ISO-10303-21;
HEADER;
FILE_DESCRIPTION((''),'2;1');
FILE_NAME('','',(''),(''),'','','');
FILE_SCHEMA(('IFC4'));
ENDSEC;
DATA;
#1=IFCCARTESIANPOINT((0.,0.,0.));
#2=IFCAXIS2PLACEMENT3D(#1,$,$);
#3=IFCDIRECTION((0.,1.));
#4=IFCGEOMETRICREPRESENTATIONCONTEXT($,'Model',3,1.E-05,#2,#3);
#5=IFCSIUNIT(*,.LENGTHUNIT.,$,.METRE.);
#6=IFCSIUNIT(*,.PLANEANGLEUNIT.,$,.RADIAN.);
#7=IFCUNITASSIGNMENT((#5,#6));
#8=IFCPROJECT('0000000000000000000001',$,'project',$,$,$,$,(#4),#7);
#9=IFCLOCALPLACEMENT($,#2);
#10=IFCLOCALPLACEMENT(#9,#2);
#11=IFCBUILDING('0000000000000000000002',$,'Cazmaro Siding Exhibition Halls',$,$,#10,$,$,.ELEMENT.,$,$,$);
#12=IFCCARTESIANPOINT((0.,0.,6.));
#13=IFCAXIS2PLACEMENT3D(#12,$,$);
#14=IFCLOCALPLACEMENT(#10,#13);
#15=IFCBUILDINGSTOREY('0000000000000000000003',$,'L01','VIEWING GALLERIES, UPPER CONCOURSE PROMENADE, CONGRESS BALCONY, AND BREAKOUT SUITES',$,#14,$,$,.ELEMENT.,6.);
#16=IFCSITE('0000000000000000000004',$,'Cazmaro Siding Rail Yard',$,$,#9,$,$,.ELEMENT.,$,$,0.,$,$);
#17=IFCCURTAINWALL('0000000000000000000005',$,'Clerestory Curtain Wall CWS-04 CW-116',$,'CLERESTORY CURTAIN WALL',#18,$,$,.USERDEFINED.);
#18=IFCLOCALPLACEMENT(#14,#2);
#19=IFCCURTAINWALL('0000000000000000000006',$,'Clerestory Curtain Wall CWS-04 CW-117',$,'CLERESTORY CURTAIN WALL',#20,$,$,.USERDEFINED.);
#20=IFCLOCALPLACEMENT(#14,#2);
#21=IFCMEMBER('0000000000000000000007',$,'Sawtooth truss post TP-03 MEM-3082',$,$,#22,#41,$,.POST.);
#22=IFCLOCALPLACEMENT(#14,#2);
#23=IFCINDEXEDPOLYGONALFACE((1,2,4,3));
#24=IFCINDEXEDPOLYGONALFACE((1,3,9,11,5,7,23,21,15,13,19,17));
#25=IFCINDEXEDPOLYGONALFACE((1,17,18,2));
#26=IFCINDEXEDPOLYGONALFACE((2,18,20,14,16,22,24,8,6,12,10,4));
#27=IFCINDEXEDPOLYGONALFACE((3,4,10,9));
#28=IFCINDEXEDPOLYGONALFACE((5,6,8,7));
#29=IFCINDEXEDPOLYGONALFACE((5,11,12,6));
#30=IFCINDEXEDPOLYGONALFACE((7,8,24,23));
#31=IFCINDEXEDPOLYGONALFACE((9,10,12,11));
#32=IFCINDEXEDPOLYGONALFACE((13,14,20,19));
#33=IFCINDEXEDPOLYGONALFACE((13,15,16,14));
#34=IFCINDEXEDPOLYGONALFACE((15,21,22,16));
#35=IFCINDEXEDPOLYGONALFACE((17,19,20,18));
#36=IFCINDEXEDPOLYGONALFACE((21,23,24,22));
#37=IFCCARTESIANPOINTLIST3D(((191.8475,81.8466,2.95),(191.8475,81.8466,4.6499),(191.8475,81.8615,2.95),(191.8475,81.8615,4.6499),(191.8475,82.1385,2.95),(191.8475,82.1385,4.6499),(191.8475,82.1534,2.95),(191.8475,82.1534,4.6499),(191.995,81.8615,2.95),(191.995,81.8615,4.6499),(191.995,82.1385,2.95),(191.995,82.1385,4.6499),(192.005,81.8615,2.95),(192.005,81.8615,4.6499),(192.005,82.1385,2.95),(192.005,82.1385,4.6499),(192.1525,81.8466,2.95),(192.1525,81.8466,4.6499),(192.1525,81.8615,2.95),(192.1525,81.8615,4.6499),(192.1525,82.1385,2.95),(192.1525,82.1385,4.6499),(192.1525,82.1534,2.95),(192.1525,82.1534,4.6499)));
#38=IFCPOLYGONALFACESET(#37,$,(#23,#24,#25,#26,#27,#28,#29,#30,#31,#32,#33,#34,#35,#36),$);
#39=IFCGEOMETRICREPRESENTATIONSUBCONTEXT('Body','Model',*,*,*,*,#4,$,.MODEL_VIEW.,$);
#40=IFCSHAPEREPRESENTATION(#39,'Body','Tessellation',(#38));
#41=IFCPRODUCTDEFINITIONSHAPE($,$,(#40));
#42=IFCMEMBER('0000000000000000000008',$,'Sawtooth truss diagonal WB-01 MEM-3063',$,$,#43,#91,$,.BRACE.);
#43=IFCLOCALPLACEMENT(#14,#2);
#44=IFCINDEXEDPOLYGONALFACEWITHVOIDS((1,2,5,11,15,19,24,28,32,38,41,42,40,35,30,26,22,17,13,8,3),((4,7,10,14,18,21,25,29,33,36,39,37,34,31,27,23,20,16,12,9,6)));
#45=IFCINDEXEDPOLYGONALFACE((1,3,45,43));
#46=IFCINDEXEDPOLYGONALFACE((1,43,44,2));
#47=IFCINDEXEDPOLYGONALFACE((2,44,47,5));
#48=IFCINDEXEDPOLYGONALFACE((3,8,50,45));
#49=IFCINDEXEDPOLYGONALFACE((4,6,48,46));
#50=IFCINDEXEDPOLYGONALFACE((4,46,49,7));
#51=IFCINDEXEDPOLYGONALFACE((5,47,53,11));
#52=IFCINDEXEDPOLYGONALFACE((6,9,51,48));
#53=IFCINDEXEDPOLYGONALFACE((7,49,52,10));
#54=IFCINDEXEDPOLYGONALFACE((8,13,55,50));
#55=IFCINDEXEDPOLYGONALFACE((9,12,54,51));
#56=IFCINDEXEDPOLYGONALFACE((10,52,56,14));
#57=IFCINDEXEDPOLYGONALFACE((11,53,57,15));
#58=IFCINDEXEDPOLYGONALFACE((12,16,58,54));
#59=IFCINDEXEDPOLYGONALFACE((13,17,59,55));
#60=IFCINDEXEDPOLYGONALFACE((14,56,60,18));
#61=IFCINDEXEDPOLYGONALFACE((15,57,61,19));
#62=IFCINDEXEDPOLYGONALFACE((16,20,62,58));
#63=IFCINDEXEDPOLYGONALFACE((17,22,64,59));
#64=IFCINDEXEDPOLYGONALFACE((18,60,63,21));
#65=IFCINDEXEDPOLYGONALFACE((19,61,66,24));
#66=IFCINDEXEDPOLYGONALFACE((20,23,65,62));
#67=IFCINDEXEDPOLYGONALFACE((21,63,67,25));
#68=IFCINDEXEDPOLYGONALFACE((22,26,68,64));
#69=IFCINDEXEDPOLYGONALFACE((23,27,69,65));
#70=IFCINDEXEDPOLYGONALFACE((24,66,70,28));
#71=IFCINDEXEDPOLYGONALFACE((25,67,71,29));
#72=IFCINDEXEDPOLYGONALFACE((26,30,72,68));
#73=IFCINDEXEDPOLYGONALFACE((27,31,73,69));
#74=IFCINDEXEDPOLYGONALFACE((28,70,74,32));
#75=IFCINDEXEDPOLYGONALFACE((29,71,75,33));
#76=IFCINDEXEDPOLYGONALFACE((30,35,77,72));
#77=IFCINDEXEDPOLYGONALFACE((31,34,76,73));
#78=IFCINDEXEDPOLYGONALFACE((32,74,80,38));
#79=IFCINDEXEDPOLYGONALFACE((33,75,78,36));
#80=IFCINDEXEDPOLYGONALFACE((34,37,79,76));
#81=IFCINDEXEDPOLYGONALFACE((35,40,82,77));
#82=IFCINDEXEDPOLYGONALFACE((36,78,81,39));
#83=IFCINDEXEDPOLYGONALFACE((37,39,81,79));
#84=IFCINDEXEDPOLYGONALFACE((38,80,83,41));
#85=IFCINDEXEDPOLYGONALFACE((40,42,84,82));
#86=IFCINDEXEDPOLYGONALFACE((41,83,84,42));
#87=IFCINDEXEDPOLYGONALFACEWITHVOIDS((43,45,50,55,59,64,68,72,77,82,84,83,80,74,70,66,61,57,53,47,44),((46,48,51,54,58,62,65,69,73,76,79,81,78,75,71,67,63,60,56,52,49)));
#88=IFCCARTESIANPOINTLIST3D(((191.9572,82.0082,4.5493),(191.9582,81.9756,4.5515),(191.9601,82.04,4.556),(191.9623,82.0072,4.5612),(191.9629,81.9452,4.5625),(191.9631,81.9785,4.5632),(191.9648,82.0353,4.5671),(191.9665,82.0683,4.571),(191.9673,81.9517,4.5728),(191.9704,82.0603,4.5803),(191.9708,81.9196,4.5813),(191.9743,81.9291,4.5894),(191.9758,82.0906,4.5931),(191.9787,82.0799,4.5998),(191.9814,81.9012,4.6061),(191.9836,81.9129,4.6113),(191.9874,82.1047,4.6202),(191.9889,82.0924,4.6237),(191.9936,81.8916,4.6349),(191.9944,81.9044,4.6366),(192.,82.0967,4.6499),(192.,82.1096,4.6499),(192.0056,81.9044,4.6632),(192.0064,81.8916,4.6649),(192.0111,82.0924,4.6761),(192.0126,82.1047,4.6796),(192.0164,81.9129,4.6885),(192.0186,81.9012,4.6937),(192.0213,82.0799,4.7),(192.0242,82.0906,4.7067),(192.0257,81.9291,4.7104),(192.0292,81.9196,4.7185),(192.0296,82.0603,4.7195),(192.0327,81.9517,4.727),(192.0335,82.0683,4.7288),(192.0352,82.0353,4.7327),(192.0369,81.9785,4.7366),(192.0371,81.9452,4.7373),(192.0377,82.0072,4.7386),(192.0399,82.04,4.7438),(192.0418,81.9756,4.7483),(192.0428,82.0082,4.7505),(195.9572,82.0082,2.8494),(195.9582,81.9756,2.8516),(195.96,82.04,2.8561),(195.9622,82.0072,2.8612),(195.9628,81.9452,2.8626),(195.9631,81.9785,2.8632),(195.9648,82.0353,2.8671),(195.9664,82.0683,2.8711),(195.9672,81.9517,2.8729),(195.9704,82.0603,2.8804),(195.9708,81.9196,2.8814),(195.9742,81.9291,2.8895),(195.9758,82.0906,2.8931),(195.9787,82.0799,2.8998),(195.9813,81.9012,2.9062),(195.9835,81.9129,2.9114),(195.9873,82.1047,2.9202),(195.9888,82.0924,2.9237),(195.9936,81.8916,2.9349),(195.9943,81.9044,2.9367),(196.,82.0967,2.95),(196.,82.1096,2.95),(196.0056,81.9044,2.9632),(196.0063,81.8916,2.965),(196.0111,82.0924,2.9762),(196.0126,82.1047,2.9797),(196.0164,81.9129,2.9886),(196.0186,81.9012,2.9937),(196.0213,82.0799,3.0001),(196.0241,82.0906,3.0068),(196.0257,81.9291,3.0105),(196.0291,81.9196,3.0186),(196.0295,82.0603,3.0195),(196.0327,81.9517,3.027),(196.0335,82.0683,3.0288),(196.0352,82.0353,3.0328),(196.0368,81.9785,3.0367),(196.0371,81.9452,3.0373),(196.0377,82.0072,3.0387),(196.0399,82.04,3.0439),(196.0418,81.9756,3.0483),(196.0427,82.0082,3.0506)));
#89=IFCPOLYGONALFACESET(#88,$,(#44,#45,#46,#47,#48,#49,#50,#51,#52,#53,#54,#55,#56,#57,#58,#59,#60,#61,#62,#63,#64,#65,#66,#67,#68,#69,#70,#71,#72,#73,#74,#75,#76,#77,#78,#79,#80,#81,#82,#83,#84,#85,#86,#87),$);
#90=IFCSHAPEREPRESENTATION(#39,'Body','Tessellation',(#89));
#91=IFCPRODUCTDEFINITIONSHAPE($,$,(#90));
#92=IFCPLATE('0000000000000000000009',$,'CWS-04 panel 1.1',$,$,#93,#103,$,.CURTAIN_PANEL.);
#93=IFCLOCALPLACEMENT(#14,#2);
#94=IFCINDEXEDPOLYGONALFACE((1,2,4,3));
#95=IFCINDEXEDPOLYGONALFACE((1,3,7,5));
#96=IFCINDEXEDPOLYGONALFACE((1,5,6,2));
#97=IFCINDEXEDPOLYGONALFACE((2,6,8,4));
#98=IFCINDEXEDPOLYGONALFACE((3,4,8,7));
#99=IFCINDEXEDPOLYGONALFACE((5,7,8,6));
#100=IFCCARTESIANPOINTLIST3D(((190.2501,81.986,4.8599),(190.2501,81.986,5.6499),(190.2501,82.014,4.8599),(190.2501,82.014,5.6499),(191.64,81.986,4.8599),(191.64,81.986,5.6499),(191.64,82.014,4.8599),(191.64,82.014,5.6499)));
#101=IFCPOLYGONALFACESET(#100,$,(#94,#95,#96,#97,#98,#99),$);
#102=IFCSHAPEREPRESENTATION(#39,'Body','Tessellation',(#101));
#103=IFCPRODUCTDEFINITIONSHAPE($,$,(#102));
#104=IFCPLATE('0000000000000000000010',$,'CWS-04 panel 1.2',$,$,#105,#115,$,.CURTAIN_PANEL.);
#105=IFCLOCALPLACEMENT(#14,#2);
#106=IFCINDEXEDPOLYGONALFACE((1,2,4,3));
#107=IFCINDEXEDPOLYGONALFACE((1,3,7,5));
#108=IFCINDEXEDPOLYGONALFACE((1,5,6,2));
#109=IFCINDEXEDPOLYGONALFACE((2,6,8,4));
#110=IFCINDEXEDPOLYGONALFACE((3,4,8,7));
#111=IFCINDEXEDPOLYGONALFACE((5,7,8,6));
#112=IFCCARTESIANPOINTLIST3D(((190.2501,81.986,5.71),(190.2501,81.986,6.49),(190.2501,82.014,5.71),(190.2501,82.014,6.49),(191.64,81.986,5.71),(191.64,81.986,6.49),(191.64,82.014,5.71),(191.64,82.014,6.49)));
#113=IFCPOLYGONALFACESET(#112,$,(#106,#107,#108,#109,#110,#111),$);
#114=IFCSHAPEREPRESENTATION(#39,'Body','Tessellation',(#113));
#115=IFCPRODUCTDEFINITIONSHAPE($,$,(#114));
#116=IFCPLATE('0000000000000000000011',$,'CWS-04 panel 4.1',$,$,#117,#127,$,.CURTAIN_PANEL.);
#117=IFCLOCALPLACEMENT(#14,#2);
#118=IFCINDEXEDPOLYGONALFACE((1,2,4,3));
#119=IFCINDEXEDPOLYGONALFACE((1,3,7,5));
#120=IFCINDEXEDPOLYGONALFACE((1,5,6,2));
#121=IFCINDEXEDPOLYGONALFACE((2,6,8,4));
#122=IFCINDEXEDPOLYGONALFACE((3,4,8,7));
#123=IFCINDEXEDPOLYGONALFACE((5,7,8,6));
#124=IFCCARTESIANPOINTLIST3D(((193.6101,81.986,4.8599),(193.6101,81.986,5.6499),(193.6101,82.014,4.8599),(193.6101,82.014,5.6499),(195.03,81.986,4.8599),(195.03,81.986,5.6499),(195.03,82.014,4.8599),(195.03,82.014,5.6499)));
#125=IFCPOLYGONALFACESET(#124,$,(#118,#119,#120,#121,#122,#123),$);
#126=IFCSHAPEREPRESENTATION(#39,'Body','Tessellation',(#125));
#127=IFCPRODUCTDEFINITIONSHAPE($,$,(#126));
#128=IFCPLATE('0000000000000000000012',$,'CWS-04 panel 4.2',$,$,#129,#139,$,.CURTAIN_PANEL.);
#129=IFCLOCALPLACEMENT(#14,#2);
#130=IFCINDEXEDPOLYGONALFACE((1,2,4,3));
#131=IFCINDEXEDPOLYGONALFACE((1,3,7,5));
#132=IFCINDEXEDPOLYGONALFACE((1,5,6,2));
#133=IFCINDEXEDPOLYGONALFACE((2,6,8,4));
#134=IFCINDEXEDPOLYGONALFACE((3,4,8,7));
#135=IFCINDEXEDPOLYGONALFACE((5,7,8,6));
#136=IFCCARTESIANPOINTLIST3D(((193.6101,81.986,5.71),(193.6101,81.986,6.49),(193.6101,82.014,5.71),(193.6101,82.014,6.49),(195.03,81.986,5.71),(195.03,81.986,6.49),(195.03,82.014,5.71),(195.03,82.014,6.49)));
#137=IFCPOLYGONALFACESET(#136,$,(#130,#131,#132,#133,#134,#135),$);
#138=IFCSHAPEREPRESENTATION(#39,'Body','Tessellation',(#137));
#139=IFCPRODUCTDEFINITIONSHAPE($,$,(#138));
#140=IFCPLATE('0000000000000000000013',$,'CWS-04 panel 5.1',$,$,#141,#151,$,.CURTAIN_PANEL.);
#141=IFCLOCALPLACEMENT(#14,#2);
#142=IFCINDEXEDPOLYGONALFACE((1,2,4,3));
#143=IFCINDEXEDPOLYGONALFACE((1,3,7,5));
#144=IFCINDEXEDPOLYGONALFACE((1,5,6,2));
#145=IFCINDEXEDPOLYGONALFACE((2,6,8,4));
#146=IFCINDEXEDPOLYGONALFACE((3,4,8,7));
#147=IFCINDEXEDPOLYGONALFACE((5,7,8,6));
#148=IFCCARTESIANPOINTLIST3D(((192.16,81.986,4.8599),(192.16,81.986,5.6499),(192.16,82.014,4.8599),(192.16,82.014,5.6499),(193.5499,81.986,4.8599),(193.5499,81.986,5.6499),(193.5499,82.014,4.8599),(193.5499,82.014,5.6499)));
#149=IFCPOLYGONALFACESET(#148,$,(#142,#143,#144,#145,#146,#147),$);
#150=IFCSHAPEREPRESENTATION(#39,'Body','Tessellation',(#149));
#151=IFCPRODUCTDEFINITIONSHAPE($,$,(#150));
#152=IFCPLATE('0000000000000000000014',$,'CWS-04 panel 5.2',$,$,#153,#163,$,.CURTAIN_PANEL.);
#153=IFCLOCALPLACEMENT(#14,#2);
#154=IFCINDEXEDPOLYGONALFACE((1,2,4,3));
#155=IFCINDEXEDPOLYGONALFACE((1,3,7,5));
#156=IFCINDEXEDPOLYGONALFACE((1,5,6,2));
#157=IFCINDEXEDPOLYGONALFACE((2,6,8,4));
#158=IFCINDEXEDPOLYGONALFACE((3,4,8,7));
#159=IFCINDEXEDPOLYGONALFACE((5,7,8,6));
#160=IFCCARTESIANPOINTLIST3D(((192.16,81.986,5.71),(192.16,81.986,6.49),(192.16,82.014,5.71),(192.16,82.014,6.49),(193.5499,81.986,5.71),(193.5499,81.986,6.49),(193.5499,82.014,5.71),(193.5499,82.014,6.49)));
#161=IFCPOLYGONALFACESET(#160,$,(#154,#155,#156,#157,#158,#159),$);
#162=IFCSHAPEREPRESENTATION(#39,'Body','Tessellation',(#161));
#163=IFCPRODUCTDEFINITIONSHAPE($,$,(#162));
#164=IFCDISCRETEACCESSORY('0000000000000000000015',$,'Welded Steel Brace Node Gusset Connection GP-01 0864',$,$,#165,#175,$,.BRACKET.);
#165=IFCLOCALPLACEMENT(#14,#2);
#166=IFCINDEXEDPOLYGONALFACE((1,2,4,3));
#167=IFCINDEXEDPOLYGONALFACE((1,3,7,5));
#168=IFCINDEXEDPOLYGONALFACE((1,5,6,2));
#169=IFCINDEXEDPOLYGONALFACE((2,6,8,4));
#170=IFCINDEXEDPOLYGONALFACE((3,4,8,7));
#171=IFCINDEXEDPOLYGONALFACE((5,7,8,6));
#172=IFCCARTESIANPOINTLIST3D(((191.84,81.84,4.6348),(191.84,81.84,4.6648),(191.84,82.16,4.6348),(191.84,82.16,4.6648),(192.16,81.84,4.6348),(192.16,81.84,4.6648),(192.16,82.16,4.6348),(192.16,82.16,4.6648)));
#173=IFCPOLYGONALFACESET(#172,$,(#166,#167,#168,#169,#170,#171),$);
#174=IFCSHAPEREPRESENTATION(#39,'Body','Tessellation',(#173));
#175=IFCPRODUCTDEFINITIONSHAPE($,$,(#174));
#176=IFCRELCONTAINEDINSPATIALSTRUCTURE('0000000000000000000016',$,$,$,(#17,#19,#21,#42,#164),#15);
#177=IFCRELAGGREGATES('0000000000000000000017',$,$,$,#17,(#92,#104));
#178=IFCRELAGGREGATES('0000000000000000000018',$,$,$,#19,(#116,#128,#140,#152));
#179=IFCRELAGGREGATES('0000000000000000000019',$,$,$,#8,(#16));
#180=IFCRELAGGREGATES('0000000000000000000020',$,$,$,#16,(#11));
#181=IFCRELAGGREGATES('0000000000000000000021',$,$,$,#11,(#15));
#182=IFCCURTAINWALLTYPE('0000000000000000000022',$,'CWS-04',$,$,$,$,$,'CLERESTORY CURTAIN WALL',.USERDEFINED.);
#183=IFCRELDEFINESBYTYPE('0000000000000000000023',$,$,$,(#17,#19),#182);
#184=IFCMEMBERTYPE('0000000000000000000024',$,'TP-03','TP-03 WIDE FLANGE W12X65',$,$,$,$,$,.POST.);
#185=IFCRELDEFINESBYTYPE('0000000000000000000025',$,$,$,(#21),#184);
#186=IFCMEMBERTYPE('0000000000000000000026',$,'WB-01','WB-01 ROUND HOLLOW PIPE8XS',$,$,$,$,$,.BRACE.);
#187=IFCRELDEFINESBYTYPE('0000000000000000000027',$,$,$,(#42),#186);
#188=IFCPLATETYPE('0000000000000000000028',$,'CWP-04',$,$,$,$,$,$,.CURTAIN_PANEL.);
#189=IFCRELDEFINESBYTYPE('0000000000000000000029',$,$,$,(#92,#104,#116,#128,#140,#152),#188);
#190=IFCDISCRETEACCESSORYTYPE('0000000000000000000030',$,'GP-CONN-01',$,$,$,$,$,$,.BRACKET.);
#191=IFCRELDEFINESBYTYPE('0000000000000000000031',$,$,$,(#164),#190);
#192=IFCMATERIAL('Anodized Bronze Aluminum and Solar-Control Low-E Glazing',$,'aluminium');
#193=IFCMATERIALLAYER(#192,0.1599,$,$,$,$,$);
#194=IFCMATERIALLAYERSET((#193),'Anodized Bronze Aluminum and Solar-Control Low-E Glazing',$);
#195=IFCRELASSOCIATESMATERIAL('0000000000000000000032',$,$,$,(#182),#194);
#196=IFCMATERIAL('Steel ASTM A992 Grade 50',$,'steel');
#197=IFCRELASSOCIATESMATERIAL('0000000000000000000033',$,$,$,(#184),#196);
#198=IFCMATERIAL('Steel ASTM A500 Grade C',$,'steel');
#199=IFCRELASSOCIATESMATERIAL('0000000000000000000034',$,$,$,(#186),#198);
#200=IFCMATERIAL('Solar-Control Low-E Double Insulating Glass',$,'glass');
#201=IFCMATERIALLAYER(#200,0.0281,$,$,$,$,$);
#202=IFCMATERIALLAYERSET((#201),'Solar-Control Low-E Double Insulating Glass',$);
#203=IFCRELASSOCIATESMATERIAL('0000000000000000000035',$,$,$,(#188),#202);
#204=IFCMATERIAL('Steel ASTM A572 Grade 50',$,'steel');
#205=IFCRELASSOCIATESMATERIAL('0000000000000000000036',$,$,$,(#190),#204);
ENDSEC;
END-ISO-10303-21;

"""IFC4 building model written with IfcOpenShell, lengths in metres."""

from ifc_helpers import new_model, si_unit, direction, frame, origin, origin_2d, place, context, subcontext, project, spatial, rectangle, hollow_circle, i_section, extrude, material, layer, layer_set, material_profile, profile_set, type_object, element, aggregate, save


model = new_model("IFC4")

# Units and contexts
model_context = context("Model", 3, precision=1e-05, world=origin(), true_north=direction((0.0, 1.0)))
body_context = subcontext(model_context, "Body", "Model", "MODEL_VIEW")
ifc_project = project(units=[si_unit("LENGTHUNIT", "METRE"), si_unit("PLANEANGLEUNIT", "RADIAN")], contexts=[model_context])

# Site, building, storey
site_placement = place(None, origin())
site = spatial("IfcSite", under=ifc_project, at=site_placement, Name="Cazmaro Siding Rail Yard", CompositionType="ELEMENT", RefElevation=0.0)
building_placement = place(site_placement, origin())
building = spatial("IfcBuilding", under=site, at=building_placement, Name="Cazmaro Siding Exhibition Halls", CompositionType="ELEMENT")
storey_placement = place(building_placement, frame((0.0, 0.0, 6.0)))
storey = spatial("IfcBuildingStorey", under=building, at=storey_placement, Name="L01", Description="VIEWING GALLERIES, UPPER CONCOURSE PROMENADE, CONGRESS BALCONY, AND BREAKOUT SUITES", CompositionType="ELEMENT", Elevation=6.0)

# Curtain walls
ifc_material_1 = material(Name="Anodized Bronze Aluminum and Solar-Control Low-E Glazing", Category="aluminium")
ifc_layer_1 = layer(ifc_material_1, 0.1599)
ifc_layer_set_1 = layer_set([ifc_layer_1], Name="Anodized Bronze Aluminum and Solar-Control Low-E Glazing")
curtain_wall_type = type_object("IfcCurtainWallType", Name="CWS-04", ElementType="CLERESTORY CURTAIN WALL", PredefinedType="USERDEFINED", material=ifc_layer_set_1)
curtain_wall_1_placement = place(storey_placement, origin())
curtain_wall_1 = element("IfcCurtainWall", 1, at=curtain_wall_1_placement, inside=storey, type_object=curtain_wall_type, Name="Clerestory Curtain Wall CWS-04 CW-116", ObjectType="CLERESTORY CURTAIN WALL", PredefinedType="USERDEFINED")
curtain_wall_2_placement = place(storey_placement, origin())
curtain_wall_2 = element("IfcCurtainWall", 2, at=curtain_wall_2_placement, inside=storey, type_object=curtain_wall_type, Name="Clerestory Curtain Wall CWS-04 CW-117", ObjectType="CLERESTORY CURTAIN WALL", PredefinedType="USERDEFINED")

# Members
ifc_material_2 = material(Name="Steel ASTM A992 Grade 50", Category="steel")
ifc_material_profile_1 = material_profile(ifc_material_2, i_section(OverallWidth=0.3049, OverallDepth=0.3069, WebThickness=0.01, FlangeThickness=0.0149, at=origin_2d()), Name="W12X65")
ifc_profile_set_1 = profile_set([ifc_material_profile_1], Name="Steel ASTM A992 Grade 50")
member_type_1 = type_object("IfcMemberType", Name="TP-03", Description="TP-03 WIDE FLANGE W12X65", PredefinedType="POST", material=ifc_profile_set_1)
member_1_placement = place(storey_placement, frame((192.0, 82.0, 2.95), z_axis=(0.0, 0.0, 1.0), x_axis=(1.0, 0.0, 0.0)))
element("IfcMember", 3, at=member_1_placement, inside=storey, type_object=member_type_1, Name="Sawtooth truss post TP-03 MEM-3082", PredefinedType="POST", context=body_context, shape_type="SweptSolid", body=[
    extrude(i_section(OverallWidth=0.3049, OverallDepth=0.3069, WebThickness=0.01, FlangeThickness=0.0149, at=origin_2d()), origin(), (0.0, 0.0, 1.0), 1.7),
])
ifc_material_3 = material(Name="Steel ASTM A500 Grade C", Category="steel")
ifc_material_profile_2 = material_profile(ifc_material_3, hollow_circle(Radius=0.1096, WallThickness=0.0129, at=origin_2d()), Name="PIPE8XS")
ifc_profile_set_2 = profile_set([ifc_material_profile_2], Name="Steel ASTM A500 Grade C")
member_type_2 = type_object("IfcMemberType", Name="WB-01", Description="WB-01 ROUND HOLLOW PIPE8XS", PredefinedType="BRACE", material=ifc_profile_set_2)
member_2_placement = place(storey_placement, frame((192.0, 82.0, 4.6499), z_axis=(0.920335, 0.0, -0.391131), x_axis=(0.0, 1.0, 0.0)))
element("IfcMember", 4, at=member_2_placement, inside=storey, type_object=member_type_2, Name="Sawtooth truss diagonal WB-01 MEM-3063", PredefinedType="BRACE", context=body_context, shape_type="SweptSolid", body=[
    extrude(hollow_circle(Radius=0.1096, WallThickness=0.0129, at=origin_2d()), origin(), (0.0, 0.0, 1.0), 4.3462),
])

# Plates
ifc_material_4 = material(Name="Solar-Control Low-E Double Insulating Glass", Category="glass")
ifc_layer_2 = layer(ifc_material_4, 0.0281)
ifc_layer_set_2 = layer_set([ifc_layer_2], Name="Solar-Control Low-E Double Insulating Glass")
plate_type = type_object("IfcPlateType", Name="CWP-04", PredefinedType="CURTAIN_PANEL", material=ifc_layer_set_2)
plate_1_placement = place(storey_placement, frame((190.9451, 82.0, 4.8599), z_axis=(0.0, 0.0, 1.0), x_axis=(-1.0, 0.0, 0.0)))
plate_1 = element("IfcPlate", 5, at=plate_1_placement, type_object=plate_type, Name="CWS-04 panel 1.1", PredefinedType="CURTAIN_PANEL", context=body_context, shape_type="SweptSolid", body=[
    extrude(rectangle(XDim=1.3899, YDim=0.0281, at=origin_2d()), origin(), (0.0, 0.0, 1.0), 0.79),
])
plate_2_placement = place(storey_placement, frame((190.9451, 82.0, 5.71), z_axis=(0.0, 0.0, 1.0), x_axis=(-1.0, 0.0, 0.0)))
plate_2 = element("IfcPlate", 6, at=plate_2_placement, type_object=plate_type, Name="CWS-04 panel 1.2", PredefinedType="CURTAIN_PANEL", context=body_context, shape_type="SweptSolid", body=[
    extrude(rectangle(XDim=1.3899, YDim=0.0281, at=origin_2d()), origin(), (0.0, 0.0, 1.0), 0.78),
])
aggregate(curtain_wall_1, [plate_1, plate_2])
plate_3_placement = place(storey_placement, frame((194.3201, 82.0, 4.8599), z_axis=(0.0, 0.0, 1.0), x_axis=(-1.0, 0.0, 0.0)))
plate_3 = element("IfcPlate", 7, at=plate_3_placement, type_object=plate_type, Name="CWS-04 panel 4.1", PredefinedType="CURTAIN_PANEL", context=body_context, shape_type="SweptSolid", body=[
    extrude(rectangle(XDim=1.4199, YDim=0.0281, at=origin_2d()), origin(), (0.0, 0.0, 1.0), 0.79),
])
plate_4_placement = place(storey_placement, frame((194.3201, 82.0, 5.71), z_axis=(0.0, 0.0, 1.0), x_axis=(-1.0, 0.0, 0.0)))
plate_4 = element("IfcPlate", 8, at=plate_4_placement, type_object=plate_type, Name="CWS-04 panel 4.2", PredefinedType="CURTAIN_PANEL", context=body_context, shape_type="SweptSolid", body=[
    extrude(rectangle(XDim=1.4199, YDim=0.0281, at=origin_2d()), origin(), (0.0, 0.0, 1.0), 0.78),
])
plate_5_placement = place(storey_placement, frame((192.855, 82.0, 4.8599), z_axis=(0.0, 0.0, 1.0), x_axis=(-1.0, 0.0, 0.0)))
plate_5 = element("IfcPlate", 9, at=plate_5_placement, type_object=plate_type, Name="CWS-04 panel 5.1", PredefinedType="CURTAIN_PANEL", context=body_context, shape_type="SweptSolid", body=[
    extrude(rectangle(XDim=1.3899, YDim=0.0281, at=origin_2d()), origin(), (0.0, 0.0, 1.0), 0.79),
])
plate_6_placement = place(storey_placement, frame((192.855, 82.0, 5.71), z_axis=(0.0, 0.0, 1.0), x_axis=(-1.0, 0.0, 0.0)))
plate_6 = element("IfcPlate", 10, at=plate_6_placement, type_object=plate_type, Name="CWS-04 panel 5.2", PredefinedType="CURTAIN_PANEL", context=body_context, shape_type="SweptSolid", body=[
    extrude(rectangle(XDim=1.3899, YDim=0.0281, at=origin_2d()), origin(), (0.0, 0.0, 1.0), 0.78),
])
aggregate(curtain_wall_2, [plate_3, plate_4, plate_5, plate_6])

# Discrete accessory
ifc_material_5 = material(Name="Steel ASTM A572 Grade 50", Category="steel")
discrete_accessory_type = type_object("IfcDiscreteAccessoryType", Name="GP-CONN-01", PredefinedType="BRACKET", material=ifc_material_5)
discrete_accessory_placement = place(storey_placement, frame((192.0, 82.0, 4.6348), z_axis=(0.0, 0.0, 1.0), x_axis=(1.0, 0.0, 0.0)))
element("IfcDiscreteAccessory", 11, at=discrete_accessory_placement, inside=storey, type_object=discrete_accessory_type, Name="Welded Steel Brace Node Gusset Connection GP-01 0864", PredefinedType="BRACKET", context=body_context, shape_type="SweptSolid", body=[
    extrude(rectangle(XDim=0.3201, YDim=0.3201, at=origin_2d()), origin(), (0.0, 0.0, 1.0), 0.03),
])

save(model, "model.ifc")
